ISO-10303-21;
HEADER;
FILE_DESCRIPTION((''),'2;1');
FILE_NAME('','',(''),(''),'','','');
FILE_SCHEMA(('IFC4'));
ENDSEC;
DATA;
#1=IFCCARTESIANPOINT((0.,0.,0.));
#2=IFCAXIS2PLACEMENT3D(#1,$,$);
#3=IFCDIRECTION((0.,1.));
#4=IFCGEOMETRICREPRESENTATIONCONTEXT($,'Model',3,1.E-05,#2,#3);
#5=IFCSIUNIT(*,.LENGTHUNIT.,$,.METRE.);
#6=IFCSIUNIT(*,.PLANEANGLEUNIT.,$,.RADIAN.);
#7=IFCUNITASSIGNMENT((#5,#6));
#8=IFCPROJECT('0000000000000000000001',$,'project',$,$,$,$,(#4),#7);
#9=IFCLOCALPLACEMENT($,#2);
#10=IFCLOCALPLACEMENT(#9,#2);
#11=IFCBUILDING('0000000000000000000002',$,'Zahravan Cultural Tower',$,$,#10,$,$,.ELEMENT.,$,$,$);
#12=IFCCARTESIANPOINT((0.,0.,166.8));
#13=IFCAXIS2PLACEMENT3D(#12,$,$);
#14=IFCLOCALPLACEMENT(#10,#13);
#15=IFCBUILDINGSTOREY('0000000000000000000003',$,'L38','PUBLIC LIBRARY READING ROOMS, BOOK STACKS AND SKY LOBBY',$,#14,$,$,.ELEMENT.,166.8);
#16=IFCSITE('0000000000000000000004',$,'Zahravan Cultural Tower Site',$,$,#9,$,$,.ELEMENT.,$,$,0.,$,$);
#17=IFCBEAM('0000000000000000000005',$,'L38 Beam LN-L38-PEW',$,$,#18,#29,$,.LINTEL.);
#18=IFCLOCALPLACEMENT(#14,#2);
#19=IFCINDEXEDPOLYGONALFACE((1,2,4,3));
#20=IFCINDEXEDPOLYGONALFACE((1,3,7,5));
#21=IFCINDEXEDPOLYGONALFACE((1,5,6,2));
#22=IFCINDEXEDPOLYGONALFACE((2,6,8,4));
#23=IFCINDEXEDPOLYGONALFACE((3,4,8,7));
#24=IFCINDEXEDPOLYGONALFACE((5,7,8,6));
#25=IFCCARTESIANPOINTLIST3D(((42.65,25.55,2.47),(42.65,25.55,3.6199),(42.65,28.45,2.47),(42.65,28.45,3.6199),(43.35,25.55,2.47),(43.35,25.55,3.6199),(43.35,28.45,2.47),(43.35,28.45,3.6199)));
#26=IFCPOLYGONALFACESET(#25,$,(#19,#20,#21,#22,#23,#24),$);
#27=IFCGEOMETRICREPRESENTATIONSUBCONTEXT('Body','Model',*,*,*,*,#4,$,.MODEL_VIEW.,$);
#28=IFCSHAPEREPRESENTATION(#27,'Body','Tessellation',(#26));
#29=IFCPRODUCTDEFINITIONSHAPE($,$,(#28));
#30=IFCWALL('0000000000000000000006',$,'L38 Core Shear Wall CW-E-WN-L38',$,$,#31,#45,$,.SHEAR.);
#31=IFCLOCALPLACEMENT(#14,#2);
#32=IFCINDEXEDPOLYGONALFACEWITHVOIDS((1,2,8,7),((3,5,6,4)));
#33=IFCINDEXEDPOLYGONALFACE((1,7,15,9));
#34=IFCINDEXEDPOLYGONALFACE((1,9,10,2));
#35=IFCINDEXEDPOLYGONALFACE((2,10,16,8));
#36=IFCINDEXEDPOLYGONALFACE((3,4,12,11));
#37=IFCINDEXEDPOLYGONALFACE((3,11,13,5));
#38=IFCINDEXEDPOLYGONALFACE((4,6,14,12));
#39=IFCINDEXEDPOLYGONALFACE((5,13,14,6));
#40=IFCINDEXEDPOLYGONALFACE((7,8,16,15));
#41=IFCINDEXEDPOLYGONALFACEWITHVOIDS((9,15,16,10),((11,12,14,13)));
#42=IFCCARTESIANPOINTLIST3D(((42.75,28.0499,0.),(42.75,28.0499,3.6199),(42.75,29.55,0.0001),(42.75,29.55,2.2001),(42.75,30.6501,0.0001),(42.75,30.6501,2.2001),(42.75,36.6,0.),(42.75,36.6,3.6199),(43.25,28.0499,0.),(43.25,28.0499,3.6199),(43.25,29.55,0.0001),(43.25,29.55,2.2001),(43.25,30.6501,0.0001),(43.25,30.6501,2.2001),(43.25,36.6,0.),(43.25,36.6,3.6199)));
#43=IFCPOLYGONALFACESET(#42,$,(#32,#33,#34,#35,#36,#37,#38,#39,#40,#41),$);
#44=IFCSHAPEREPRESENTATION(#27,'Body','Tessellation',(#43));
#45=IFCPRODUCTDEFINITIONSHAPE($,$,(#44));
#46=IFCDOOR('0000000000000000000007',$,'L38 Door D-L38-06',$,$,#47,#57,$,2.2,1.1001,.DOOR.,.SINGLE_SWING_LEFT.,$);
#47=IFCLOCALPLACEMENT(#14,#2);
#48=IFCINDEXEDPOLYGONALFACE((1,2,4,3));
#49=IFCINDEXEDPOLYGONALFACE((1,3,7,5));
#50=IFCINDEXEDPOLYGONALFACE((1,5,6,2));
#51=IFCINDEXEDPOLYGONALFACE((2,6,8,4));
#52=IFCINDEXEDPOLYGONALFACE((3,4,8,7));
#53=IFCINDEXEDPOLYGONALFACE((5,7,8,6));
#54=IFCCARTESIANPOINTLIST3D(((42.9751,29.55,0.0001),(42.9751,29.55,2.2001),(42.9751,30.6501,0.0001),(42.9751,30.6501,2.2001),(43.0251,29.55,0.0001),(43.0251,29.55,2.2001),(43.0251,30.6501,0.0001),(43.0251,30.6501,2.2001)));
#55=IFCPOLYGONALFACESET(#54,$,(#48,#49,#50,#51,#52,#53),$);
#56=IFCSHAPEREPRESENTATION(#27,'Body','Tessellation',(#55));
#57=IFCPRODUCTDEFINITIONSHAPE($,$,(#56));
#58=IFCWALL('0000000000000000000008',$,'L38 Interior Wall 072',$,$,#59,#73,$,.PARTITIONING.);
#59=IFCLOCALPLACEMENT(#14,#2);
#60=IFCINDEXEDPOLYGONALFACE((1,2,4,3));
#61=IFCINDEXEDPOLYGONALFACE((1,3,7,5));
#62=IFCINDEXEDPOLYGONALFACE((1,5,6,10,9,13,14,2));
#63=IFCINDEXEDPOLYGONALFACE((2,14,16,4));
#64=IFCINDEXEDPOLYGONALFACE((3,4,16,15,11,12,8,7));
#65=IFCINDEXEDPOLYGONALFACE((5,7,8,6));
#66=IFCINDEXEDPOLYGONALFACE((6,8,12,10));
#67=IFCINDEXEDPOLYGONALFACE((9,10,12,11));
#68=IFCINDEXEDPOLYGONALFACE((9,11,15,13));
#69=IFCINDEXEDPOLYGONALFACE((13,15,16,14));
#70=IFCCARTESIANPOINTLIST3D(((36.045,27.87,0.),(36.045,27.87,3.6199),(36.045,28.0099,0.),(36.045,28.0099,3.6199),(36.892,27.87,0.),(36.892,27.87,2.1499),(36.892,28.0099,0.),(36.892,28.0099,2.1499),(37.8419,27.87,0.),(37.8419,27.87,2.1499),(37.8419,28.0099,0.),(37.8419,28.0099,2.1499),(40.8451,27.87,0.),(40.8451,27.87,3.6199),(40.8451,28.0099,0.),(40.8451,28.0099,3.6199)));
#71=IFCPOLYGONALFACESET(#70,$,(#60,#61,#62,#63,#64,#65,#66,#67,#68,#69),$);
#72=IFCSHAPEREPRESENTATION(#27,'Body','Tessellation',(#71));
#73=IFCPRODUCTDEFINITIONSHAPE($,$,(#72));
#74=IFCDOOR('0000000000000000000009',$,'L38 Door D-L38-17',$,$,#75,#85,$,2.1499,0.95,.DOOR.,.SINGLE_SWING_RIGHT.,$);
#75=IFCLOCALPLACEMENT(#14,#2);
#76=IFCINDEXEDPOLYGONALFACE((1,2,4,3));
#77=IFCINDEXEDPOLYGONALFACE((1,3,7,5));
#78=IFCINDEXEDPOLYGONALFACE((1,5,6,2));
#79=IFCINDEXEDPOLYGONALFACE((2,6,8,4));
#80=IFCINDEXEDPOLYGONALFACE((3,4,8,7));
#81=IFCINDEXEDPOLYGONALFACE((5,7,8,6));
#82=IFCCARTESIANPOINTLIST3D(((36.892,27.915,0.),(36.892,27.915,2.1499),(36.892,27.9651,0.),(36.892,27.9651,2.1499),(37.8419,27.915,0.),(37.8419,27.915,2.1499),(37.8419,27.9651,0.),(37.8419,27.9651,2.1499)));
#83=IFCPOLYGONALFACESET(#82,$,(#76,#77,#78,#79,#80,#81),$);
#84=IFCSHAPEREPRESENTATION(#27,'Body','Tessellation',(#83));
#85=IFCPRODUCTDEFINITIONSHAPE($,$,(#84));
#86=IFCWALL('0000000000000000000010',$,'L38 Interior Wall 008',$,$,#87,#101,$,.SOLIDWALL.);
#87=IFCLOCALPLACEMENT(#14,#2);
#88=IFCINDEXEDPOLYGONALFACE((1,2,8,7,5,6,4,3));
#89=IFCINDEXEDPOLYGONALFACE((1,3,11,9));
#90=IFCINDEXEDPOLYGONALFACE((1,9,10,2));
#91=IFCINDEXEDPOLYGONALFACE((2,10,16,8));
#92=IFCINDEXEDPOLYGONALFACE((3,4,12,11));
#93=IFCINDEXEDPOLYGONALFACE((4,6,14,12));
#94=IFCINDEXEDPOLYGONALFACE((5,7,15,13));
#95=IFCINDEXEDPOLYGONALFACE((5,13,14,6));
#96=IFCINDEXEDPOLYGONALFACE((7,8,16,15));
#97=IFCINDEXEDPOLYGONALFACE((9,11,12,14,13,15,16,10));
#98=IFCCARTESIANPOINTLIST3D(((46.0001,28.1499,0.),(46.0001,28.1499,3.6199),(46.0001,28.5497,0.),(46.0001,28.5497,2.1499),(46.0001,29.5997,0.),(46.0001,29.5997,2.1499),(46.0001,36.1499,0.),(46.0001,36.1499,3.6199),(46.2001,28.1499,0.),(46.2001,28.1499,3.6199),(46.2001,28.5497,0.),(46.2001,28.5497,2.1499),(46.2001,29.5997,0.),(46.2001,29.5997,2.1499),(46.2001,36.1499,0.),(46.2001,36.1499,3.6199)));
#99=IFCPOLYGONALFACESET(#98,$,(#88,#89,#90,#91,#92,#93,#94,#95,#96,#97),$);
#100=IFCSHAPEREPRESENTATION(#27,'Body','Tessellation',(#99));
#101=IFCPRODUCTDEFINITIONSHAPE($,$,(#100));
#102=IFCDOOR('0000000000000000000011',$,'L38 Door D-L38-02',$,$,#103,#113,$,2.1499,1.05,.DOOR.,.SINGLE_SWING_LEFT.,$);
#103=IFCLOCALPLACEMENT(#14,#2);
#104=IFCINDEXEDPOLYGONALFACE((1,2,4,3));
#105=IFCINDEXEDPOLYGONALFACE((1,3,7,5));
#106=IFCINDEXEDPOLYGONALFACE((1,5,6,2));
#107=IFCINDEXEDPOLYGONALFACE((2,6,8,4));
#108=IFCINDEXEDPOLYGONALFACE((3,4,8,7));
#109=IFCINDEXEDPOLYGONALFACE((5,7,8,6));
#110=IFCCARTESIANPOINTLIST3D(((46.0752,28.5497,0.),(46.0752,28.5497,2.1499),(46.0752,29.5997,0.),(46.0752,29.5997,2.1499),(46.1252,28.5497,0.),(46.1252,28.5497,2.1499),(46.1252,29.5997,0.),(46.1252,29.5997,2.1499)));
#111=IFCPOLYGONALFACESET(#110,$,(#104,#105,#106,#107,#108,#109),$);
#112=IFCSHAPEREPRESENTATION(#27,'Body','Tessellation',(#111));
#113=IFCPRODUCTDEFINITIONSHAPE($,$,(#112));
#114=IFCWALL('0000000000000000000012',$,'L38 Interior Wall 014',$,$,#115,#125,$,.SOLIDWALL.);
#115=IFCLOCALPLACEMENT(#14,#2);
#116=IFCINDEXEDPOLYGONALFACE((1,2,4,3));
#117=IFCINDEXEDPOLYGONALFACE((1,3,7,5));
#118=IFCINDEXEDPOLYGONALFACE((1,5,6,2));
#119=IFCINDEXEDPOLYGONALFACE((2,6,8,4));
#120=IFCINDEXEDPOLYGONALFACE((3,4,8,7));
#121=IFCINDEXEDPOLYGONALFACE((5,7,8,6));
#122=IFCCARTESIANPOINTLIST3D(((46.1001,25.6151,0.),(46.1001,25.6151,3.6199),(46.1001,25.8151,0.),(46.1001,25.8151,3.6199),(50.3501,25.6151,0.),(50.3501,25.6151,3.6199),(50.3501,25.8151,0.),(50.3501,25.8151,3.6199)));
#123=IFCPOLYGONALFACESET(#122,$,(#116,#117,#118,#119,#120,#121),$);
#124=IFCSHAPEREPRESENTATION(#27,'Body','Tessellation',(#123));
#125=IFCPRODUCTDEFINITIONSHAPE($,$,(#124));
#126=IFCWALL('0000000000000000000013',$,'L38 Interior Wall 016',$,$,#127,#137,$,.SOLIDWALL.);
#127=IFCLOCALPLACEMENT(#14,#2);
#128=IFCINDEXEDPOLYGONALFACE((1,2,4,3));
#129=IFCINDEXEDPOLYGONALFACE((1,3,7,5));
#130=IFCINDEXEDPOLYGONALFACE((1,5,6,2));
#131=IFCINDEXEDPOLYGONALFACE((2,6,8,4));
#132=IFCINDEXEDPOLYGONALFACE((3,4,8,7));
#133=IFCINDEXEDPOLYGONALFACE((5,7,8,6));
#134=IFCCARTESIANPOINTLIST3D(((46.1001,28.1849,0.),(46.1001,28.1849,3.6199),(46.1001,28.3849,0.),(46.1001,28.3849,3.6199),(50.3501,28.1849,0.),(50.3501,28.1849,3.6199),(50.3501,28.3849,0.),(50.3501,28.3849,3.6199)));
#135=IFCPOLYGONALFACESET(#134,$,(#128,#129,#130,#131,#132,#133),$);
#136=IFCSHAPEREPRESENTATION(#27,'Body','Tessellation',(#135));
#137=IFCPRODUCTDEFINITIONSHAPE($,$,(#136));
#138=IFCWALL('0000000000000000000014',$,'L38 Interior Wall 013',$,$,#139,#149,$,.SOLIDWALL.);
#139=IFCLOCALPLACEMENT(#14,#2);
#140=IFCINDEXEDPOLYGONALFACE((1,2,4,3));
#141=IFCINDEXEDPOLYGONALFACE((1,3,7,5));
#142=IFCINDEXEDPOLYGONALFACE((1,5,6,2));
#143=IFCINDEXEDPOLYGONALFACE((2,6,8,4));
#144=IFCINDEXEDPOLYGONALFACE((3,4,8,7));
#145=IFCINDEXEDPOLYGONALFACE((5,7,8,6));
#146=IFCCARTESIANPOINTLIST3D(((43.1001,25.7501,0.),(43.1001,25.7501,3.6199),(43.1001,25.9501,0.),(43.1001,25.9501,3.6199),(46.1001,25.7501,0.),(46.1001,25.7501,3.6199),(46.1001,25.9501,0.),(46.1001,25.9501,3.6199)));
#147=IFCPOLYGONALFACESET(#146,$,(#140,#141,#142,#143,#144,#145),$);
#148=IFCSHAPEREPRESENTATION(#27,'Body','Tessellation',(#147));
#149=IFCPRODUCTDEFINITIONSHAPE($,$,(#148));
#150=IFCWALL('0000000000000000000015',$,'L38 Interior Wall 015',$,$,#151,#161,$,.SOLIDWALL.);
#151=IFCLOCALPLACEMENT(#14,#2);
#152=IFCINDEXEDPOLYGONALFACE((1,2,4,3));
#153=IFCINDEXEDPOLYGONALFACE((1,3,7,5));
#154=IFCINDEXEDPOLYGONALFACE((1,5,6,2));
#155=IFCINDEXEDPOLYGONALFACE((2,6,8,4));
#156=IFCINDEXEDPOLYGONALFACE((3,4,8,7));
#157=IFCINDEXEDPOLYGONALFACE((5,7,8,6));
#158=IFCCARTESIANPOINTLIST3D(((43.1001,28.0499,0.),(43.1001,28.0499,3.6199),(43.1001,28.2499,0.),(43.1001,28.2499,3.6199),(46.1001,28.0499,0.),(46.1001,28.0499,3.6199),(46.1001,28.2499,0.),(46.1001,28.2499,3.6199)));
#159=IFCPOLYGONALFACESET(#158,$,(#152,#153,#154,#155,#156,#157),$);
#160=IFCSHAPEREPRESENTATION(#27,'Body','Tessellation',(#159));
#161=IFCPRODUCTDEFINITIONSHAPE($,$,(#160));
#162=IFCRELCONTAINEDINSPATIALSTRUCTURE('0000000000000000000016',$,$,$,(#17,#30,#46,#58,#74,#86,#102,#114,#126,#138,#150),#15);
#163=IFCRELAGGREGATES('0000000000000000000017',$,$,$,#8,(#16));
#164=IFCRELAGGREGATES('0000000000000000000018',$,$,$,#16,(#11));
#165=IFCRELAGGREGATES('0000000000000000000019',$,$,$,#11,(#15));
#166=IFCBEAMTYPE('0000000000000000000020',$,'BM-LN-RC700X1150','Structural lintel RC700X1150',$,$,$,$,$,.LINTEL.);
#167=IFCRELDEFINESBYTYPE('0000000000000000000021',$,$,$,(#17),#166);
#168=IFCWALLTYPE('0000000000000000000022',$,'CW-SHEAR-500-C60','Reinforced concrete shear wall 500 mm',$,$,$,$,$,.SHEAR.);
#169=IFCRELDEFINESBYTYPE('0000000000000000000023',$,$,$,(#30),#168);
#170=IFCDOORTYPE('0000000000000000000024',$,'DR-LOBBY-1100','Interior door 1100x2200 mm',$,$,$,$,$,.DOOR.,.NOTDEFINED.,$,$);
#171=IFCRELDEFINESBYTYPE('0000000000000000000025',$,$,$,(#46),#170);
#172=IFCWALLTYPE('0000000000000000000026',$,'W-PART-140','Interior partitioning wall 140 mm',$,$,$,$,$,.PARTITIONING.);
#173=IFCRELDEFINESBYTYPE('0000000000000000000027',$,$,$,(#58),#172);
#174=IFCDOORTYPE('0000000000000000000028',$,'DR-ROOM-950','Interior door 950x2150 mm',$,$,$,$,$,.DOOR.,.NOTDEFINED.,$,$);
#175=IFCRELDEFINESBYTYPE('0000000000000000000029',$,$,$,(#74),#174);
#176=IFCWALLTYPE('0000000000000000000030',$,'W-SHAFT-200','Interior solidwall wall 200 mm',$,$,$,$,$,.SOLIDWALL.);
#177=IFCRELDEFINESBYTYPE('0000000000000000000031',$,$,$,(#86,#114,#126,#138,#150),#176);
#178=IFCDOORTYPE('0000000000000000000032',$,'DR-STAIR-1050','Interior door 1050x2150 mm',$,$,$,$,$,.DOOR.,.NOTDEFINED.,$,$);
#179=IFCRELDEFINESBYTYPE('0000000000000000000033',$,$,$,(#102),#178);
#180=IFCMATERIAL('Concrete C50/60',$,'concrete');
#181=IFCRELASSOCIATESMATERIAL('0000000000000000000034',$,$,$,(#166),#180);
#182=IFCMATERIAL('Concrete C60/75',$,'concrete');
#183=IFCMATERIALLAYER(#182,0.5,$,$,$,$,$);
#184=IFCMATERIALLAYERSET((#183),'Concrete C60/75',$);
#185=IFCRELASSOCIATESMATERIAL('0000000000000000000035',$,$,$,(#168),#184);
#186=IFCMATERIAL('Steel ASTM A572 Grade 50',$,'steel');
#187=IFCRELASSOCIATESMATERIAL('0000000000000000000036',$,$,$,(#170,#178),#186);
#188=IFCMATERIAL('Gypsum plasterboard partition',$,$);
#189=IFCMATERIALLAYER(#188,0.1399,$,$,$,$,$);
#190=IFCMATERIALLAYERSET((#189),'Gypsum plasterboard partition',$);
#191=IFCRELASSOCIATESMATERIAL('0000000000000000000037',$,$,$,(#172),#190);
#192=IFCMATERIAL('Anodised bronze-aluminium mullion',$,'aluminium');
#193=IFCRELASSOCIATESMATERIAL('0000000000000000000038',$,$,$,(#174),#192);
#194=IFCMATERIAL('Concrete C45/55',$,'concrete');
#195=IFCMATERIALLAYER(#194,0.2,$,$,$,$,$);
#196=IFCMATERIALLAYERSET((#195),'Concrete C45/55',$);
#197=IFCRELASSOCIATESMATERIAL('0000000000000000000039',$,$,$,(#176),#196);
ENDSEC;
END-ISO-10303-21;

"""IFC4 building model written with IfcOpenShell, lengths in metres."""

from ifc_helpers import new_model, si_unit, direction, frame, frame_2d, origin, origin_2d, place, context, subcontext, project, spatial, rectangle, extrude, source, transform, mapped, material, layer, layer_set, material_profile, profile_set, type_object, element, fill, save


model = new_model("IFC4")

# Units and contexts
model_context = context("Model", 3, precision=1e-05, world=origin(), true_north=direction((0.0, 1.0)))
body_context = subcontext(model_context, "Body", "Model", "MODEL_VIEW")
ifc_project = project(units=[si_unit("LENGTHUNIT", "METRE"), si_unit("PLANEANGLEUNIT", "RADIAN")], contexts=[model_context])

# Site, building, storey
site_placement = place(None, origin())
site = spatial("IfcSite", under=ifc_project, at=site_placement, Name="Zahravan Cultural Tower Site", CompositionType="ELEMENT", RefElevation=0.0)
building_placement = place(site_placement, origin())
building = spatial("IfcBuilding", under=site, at=building_placement, Name="Zahravan Cultural Tower", CompositionType="ELEMENT")
storey_placement = place(building_placement, frame((0.0, 0.0, 166.8)))
storey = spatial("IfcBuildingStorey", under=building, at=storey_placement, Name="L38", Description="PUBLIC LIBRARY READING ROOMS, BOOK STACKS AND SKY LOBBY", CompositionType="ELEMENT", Elevation=166.8)

# Beam
ifc_material_1 = material(Name="Concrete C50/60", Category="concrete")
ifc_material_profile = material_profile(ifc_material_1, rectangle(XDim=0.7, YDim=1.1499, at=origin_2d()), Name="RC700X1150")
ifc_profile_set = profile_set([ifc_material_profile], Name="Concrete C50/60")
beam_type = type_object("IfcBeamType", Name="BM-LN-RC700X1150", Description="Structural lintel RC700X1150", PredefinedType="LINTEL", material=ifc_profile_set)
shared_shape_1 = source(origin(), body_context, "Body", "SweptSolid", [
    extrude(rectangle(XDim=0.7, YDim=1.1499, at=origin_2d()), origin(), (0.0, 0.0, 1.0), 2.8999),
])
beam_placement = place(storey_placement, frame((43.0, 25.55, 3.0449), z_axis=(0.0, 1.0, 0.0), x_axis=(-1.0, 0.0, 0.0)))
element("IfcBeam", 1, at=beam_placement, inside=storey, type_object=beam_type, Name="L38 Beam LN-L38-PEW", PredefinedType="LINTEL", context=body_context, shape_type="MappedRepresentation", body=[
    mapped(shared_shape_1, transform((0.0, 0.0, 0.0), x_axis=(1.0, 0.0, 0.0), y_axis=(0.0, 1.0, 0.0), z_axis=(0.0, 0.0, 1.0), scale=1.0)),
])

# Walls, openings, doors
ifc_material_2 = material(Name="Concrete C60/75", Category="concrete")
ifc_layer_1 = layer(ifc_material_2, 0.5)
ifc_layer_set_1 = layer_set([ifc_layer_1], Name="Concrete C60/75")
wall_type_1 = type_object("IfcWallType", Name="CW-SHEAR-500-C60", Description="Reinforced concrete shear wall 500 mm", PredefinedType="SHEAR", material=ifc_layer_set_1)
wall_1_placement = place(storey_placement, frame((43.0, 28.05, 0.0), z_axis=(0.0, 0.0, 1.0), x_axis=(0.0, 1.0, 0.0)))
wall_1 = element("IfcWall", 2, at=wall_1_placement, inside=storey, type_object=wall_type_1, Name="L38 Core Shear Wall CW-E-WN-L38", PredefinedType="SHEAR", context=body_context, shape_type="SweptSolid", body=[
    extrude(rectangle(XDim=8.55, YDim=0.5, at=frame_2d((4.2749, 0.0))), origin(), (0.0, 0.0, 1.0), 3.6199),
])
opening_1_placement = place(wall_1_placement, frame((1.5, 0.0, 0.0)))
opening_1 = element("IfcOpeningElement", 3, at=opening_1_placement, cuts=wall_1, PredefinedType="OPENING", context=body_context, shape_type="SweptSolid", body=[
    extrude(rectangle(XDim=1.1001, YDim=2.2, at=frame_2d((0.55, 1.1001))), frame((0.0, 0.26, 0.0), z_axis=(0.0, -1.0, 0.0), x_axis=(1.0, 0.0, 0.0)), (0.0, 0.0, 1.0), 0.52),
])
ifc_material_3 = material(Name="Steel ASTM A572 Grade 50", Category="steel")
door_type_1 = type_object("IfcDoorType", Name="DR-LOBBY-1100", Description="Interior door 1100x2200 mm", OperationType="NOTDEFINED", PredefinedType="DOOR", material=ifc_material_3)
shared_shape_2 = source(origin(), body_context, "Body", "SweptSolid", [
    extrude(rectangle(XDim=1.1001, YDim=2.2, at=frame_2d((0.55, 1.1001))), frame((0.0, 0.0249, 0.0), z_axis=(0.0, -1.0, 0.0), x_axis=(1.0, 0.0, 0.0)), (0.0, 0.0, 1.0), 0.05),
])
door_1_placement = place(opening_1_placement, origin())
door_1 = element("IfcDoor", 4, at=door_1_placement, inside=storey, type_object=door_type_1, Name="L38 Door D-L38-06", OperationType="SINGLE_SWING_LEFT", OverallHeight=2.2, OverallWidth=1.1001, PredefinedType="DOOR", context=body_context, shape_type="MappedRepresentation", body=[
    mapped(shared_shape_2, transform((0.0, 0.0, 0.0), x_axis=(1.0, 0.0, 0.0), y_axis=(0.0, 1.0, 0.0), z_axis=(0.0, 0.0, 1.0), scale=1.0)),
])
fill(opening_1, door_1)
ifc_material_4 = material(Name="Gypsum plasterboard partition")
ifc_layer_2 = layer(ifc_material_4, 0.1399)
ifc_layer_set_2 = layer_set([ifc_layer_2], Name="Gypsum plasterboard partition")
wall_type_2 = type_object("IfcWallType", Name="W-PART-140", Description="Interior partitioning wall 140 mm", PredefinedType="PARTITIONING", material=ifc_layer_set_2)
wall_2_placement = place(storey_placement, frame((40.845, 27.9399, 0.0), z_axis=(0.0, 0.0, 1.0), x_axis=(-1.0, 0.0, 0.0)))
wall_2 = element("IfcWall", 5, at=wall_2_placement, inside=storey, type_object=wall_type_2, Name="L38 Interior Wall 072", PredefinedType="PARTITIONING", context=body_context, shape_type="SweptSolid", body=[
    extrude(rectangle(XDim=4.8, YDim=0.1399, at=frame_2d((2.3999, 0.0))), origin(), (0.0, 0.0, 1.0), 3.6199),
])
opening_2_placement = place(wall_2_placement, frame((3.0029, 0.0, 0.0)))
opening_2 = element("IfcOpeningElement", 6, at=opening_2_placement, cuts=wall_2, PredefinedType="OPENING", context=body_context, shape_type="SweptSolid", body=[
    extrude(rectangle(XDim=0.95, YDim=2.1499, at=frame_2d((0.4751, 1.075))), frame((0.0, 0.0798, 0.0), z_axis=(0.0, -1.0, 0.0), x_axis=(1.0, 0.0, 0.0)), (0.0, 0.0, 1.0), 0.1599),
])
ifc_material_5 = material(Name="Anodised bronze-aluminium mullion", Category="aluminium")
door_type_2 = type_object("IfcDoorType", Name="DR-ROOM-950", Description="Interior door 950x2150 mm", OperationType="NOTDEFINED", PredefinedType="DOOR", material=ifc_material_5)
shared_shape_3 = source(origin(), body_context, "Body", "SweptSolid", [
    extrude(rectangle(XDim=0.95, YDim=2.1499, at=frame_2d((0.4751, 1.075))), frame((0.0, 0.0249, 0.0), z_axis=(0.0, -1.0, 0.0), x_axis=(1.0, 0.0, 0.0)), (0.0, 0.0, 1.0), 0.05),
])
door_2_placement = place(opening_2_placement, origin())
door_2 = element("IfcDoor", 7, at=door_2_placement, inside=storey, type_object=door_type_2, Name="L38 Door D-L38-17", OperationType="SINGLE_SWING_RIGHT", OverallHeight=2.1499, OverallWidth=0.95, PredefinedType="DOOR", context=body_context, shape_type="MappedRepresentation", body=[
    mapped(shared_shape_3, transform((0.0, 0.0, 0.0), x_axis=(1.0, 0.0, 0.0), y_axis=(0.0, 1.0, 0.0), z_axis=(0.0, 0.0, 1.0), scale=1.0)),
])
fill(opening_2, door_2)
ifc_material_6 = material(Name="Concrete C45/55", Category="concrete")
ifc_layer_3 = layer(ifc_material_6, 0.2)
ifc_layer_set_3 = layer_set([ifc_layer_3], Name="Concrete C45/55")
wall_type_3 = type_object("IfcWallType", Name="W-SHAFT-200", Description="Interior solidwall wall 200 mm", PredefinedType="SOLIDWALL", material=ifc_layer_set_3)
wall_3_placement = place(storey_placement, frame((46.1001, 28.1499, 0.0), z_axis=(0.0, 0.0, 1.0), x_axis=(0.0, 1.0, 0.0)))
wall_3 = element("IfcWall", 8, at=wall_3_placement, inside=storey, type_object=wall_type_3, Name="L38 Interior Wall 008", PredefinedType="SOLIDWALL", context=body_context, shape_type="SweptSolid", body=[
    extrude(rectangle(XDim=8.0, YDim=0.2, at=frame_2d((4.0, 0.0))), origin(), (0.0, 0.0, 1.0), 3.6199),
])
opening_3_placement = place(wall_3_placement, frame((0.3999, 0.0, 0.0)))
opening_3 = element("IfcOpeningElement", 9, at=opening_3_placement, cuts=wall_3, PredefinedType="OPENING", context=body_context, shape_type="SweptSolid", body=[
    extrude(rectangle(XDim=1.05, YDim=2.1499, at=frame_2d((0.5249, 1.075))), frame((0.0, 0.1099, 0.0), z_axis=(0.0, -1.0, 0.0), x_axis=(1.0, 0.0, 0.0)), (0.0, 0.0, 1.0), 0.22),
])
door_type_3 = type_object("IfcDoorType", Name="DR-STAIR-1050", Description="Interior door 1050x2150 mm", OperationType="NOTDEFINED", PredefinedType="DOOR", material=ifc_material_3)
shared_shape_4 = source(origin(), body_context, "Body", "SweptSolid", [
    extrude(rectangle(XDim=1.05, YDim=2.1499, at=frame_2d((0.5249, 1.075))), frame((0.0, 0.0249, 0.0), z_axis=(0.0, -1.0, 0.0), x_axis=(1.0, 0.0, 0.0)), (0.0, 0.0, 1.0), 0.05),
])
door_3_placement = place(opening_3_placement, origin())
door_3 = element("IfcDoor", 10, at=door_3_placement, inside=storey, type_object=door_type_3, Name="L38 Door D-L38-02", OperationType="SINGLE_SWING_LEFT", OverallHeight=2.1499, OverallWidth=1.05, PredefinedType="DOOR", context=body_context, shape_type="MappedRepresentation", body=[
    mapped(shared_shape_4, transform((0.0, 0.0, 0.0), x_axis=(1.0, 0.0, 0.0), y_axis=(0.0, 1.0, 0.0), z_axis=(0.0, 0.0, 1.0), scale=1.0)),
])
fill(opening_3, door_3)

# Walls
shared_shape_5 = source(origin(), body_context, "Body", "SweptSolid", [
    extrude(rectangle(XDim=4.25, YDim=0.2, at=frame_2d((2.125, 0.0))), origin(), (0.0, 0.0, 1.0), 3.6199),
])
for number, where, z_axis, x_axis, name in (
    (11, (46.1001, 25.7151, 0.0), (0.0, 0.0, 1.0), (1.0, 0.0, 0.0), "L38 Interior Wall 014"),
    (12, (46.1001, 28.2849, 0.0), (0.0, 0.0, 1.0), (1.0, 0.0, 0.0), "L38 Interior Wall 016"),
):
    element("IfcWall", number, at=place(storey_placement, frame(where, z_axis=z_axis, x_axis=x_axis)), inside=storey, type_object=wall_type_3, Name=name, PredefinedType="SOLIDWALL", context=body_context, shape_type="MappedRepresentation", body=[
        mapped(shared_shape_5, transform((0.0, 0.0, 0.0), x_axis=(1.0, 0.0, 0.0), y_axis=(0.0, 1.0, 0.0), z_axis=(0.0, 0.0, 1.0), scale=1.0)),
    ])
shared_shape_6 = source(origin(), body_context, "Body", "SweptSolid", [
    extrude(rectangle(XDim=3.0, YDim=0.2, at=frame_2d((1.5, 0.0))), origin(), (0.0, 0.0, 1.0), 3.6199),
])
for number, where, z_axis, x_axis, name in (
    (13, (43.1001, 25.8501, 0.0), (0.0, 0.0, 1.0), (1.0, 0.0, 0.0), "L38 Interior Wall 013"),
    (14, (43.1001, 28.1499, 0.0), (0.0, 0.0, 1.0), (1.0, 0.0, 0.0), "L38 Interior Wall 015"),
):
    element("IfcWall", number, at=place(storey_placement, frame(where, z_axis=z_axis, x_axis=x_axis)), inside=storey, type_object=wall_type_3, Name=name, PredefinedType="SOLIDWALL", context=body_context, shape_type="MappedRepresentation", body=[
        mapped(shared_shape_6, transform((0.0, 0.0, 0.0), x_axis=(1.0, 0.0, 0.0), y_axis=(0.0, 1.0, 0.0), z_axis=(0.0, 0.0, 1.0), scale=1.0)),
    ])

save(model, "model.ifc")
